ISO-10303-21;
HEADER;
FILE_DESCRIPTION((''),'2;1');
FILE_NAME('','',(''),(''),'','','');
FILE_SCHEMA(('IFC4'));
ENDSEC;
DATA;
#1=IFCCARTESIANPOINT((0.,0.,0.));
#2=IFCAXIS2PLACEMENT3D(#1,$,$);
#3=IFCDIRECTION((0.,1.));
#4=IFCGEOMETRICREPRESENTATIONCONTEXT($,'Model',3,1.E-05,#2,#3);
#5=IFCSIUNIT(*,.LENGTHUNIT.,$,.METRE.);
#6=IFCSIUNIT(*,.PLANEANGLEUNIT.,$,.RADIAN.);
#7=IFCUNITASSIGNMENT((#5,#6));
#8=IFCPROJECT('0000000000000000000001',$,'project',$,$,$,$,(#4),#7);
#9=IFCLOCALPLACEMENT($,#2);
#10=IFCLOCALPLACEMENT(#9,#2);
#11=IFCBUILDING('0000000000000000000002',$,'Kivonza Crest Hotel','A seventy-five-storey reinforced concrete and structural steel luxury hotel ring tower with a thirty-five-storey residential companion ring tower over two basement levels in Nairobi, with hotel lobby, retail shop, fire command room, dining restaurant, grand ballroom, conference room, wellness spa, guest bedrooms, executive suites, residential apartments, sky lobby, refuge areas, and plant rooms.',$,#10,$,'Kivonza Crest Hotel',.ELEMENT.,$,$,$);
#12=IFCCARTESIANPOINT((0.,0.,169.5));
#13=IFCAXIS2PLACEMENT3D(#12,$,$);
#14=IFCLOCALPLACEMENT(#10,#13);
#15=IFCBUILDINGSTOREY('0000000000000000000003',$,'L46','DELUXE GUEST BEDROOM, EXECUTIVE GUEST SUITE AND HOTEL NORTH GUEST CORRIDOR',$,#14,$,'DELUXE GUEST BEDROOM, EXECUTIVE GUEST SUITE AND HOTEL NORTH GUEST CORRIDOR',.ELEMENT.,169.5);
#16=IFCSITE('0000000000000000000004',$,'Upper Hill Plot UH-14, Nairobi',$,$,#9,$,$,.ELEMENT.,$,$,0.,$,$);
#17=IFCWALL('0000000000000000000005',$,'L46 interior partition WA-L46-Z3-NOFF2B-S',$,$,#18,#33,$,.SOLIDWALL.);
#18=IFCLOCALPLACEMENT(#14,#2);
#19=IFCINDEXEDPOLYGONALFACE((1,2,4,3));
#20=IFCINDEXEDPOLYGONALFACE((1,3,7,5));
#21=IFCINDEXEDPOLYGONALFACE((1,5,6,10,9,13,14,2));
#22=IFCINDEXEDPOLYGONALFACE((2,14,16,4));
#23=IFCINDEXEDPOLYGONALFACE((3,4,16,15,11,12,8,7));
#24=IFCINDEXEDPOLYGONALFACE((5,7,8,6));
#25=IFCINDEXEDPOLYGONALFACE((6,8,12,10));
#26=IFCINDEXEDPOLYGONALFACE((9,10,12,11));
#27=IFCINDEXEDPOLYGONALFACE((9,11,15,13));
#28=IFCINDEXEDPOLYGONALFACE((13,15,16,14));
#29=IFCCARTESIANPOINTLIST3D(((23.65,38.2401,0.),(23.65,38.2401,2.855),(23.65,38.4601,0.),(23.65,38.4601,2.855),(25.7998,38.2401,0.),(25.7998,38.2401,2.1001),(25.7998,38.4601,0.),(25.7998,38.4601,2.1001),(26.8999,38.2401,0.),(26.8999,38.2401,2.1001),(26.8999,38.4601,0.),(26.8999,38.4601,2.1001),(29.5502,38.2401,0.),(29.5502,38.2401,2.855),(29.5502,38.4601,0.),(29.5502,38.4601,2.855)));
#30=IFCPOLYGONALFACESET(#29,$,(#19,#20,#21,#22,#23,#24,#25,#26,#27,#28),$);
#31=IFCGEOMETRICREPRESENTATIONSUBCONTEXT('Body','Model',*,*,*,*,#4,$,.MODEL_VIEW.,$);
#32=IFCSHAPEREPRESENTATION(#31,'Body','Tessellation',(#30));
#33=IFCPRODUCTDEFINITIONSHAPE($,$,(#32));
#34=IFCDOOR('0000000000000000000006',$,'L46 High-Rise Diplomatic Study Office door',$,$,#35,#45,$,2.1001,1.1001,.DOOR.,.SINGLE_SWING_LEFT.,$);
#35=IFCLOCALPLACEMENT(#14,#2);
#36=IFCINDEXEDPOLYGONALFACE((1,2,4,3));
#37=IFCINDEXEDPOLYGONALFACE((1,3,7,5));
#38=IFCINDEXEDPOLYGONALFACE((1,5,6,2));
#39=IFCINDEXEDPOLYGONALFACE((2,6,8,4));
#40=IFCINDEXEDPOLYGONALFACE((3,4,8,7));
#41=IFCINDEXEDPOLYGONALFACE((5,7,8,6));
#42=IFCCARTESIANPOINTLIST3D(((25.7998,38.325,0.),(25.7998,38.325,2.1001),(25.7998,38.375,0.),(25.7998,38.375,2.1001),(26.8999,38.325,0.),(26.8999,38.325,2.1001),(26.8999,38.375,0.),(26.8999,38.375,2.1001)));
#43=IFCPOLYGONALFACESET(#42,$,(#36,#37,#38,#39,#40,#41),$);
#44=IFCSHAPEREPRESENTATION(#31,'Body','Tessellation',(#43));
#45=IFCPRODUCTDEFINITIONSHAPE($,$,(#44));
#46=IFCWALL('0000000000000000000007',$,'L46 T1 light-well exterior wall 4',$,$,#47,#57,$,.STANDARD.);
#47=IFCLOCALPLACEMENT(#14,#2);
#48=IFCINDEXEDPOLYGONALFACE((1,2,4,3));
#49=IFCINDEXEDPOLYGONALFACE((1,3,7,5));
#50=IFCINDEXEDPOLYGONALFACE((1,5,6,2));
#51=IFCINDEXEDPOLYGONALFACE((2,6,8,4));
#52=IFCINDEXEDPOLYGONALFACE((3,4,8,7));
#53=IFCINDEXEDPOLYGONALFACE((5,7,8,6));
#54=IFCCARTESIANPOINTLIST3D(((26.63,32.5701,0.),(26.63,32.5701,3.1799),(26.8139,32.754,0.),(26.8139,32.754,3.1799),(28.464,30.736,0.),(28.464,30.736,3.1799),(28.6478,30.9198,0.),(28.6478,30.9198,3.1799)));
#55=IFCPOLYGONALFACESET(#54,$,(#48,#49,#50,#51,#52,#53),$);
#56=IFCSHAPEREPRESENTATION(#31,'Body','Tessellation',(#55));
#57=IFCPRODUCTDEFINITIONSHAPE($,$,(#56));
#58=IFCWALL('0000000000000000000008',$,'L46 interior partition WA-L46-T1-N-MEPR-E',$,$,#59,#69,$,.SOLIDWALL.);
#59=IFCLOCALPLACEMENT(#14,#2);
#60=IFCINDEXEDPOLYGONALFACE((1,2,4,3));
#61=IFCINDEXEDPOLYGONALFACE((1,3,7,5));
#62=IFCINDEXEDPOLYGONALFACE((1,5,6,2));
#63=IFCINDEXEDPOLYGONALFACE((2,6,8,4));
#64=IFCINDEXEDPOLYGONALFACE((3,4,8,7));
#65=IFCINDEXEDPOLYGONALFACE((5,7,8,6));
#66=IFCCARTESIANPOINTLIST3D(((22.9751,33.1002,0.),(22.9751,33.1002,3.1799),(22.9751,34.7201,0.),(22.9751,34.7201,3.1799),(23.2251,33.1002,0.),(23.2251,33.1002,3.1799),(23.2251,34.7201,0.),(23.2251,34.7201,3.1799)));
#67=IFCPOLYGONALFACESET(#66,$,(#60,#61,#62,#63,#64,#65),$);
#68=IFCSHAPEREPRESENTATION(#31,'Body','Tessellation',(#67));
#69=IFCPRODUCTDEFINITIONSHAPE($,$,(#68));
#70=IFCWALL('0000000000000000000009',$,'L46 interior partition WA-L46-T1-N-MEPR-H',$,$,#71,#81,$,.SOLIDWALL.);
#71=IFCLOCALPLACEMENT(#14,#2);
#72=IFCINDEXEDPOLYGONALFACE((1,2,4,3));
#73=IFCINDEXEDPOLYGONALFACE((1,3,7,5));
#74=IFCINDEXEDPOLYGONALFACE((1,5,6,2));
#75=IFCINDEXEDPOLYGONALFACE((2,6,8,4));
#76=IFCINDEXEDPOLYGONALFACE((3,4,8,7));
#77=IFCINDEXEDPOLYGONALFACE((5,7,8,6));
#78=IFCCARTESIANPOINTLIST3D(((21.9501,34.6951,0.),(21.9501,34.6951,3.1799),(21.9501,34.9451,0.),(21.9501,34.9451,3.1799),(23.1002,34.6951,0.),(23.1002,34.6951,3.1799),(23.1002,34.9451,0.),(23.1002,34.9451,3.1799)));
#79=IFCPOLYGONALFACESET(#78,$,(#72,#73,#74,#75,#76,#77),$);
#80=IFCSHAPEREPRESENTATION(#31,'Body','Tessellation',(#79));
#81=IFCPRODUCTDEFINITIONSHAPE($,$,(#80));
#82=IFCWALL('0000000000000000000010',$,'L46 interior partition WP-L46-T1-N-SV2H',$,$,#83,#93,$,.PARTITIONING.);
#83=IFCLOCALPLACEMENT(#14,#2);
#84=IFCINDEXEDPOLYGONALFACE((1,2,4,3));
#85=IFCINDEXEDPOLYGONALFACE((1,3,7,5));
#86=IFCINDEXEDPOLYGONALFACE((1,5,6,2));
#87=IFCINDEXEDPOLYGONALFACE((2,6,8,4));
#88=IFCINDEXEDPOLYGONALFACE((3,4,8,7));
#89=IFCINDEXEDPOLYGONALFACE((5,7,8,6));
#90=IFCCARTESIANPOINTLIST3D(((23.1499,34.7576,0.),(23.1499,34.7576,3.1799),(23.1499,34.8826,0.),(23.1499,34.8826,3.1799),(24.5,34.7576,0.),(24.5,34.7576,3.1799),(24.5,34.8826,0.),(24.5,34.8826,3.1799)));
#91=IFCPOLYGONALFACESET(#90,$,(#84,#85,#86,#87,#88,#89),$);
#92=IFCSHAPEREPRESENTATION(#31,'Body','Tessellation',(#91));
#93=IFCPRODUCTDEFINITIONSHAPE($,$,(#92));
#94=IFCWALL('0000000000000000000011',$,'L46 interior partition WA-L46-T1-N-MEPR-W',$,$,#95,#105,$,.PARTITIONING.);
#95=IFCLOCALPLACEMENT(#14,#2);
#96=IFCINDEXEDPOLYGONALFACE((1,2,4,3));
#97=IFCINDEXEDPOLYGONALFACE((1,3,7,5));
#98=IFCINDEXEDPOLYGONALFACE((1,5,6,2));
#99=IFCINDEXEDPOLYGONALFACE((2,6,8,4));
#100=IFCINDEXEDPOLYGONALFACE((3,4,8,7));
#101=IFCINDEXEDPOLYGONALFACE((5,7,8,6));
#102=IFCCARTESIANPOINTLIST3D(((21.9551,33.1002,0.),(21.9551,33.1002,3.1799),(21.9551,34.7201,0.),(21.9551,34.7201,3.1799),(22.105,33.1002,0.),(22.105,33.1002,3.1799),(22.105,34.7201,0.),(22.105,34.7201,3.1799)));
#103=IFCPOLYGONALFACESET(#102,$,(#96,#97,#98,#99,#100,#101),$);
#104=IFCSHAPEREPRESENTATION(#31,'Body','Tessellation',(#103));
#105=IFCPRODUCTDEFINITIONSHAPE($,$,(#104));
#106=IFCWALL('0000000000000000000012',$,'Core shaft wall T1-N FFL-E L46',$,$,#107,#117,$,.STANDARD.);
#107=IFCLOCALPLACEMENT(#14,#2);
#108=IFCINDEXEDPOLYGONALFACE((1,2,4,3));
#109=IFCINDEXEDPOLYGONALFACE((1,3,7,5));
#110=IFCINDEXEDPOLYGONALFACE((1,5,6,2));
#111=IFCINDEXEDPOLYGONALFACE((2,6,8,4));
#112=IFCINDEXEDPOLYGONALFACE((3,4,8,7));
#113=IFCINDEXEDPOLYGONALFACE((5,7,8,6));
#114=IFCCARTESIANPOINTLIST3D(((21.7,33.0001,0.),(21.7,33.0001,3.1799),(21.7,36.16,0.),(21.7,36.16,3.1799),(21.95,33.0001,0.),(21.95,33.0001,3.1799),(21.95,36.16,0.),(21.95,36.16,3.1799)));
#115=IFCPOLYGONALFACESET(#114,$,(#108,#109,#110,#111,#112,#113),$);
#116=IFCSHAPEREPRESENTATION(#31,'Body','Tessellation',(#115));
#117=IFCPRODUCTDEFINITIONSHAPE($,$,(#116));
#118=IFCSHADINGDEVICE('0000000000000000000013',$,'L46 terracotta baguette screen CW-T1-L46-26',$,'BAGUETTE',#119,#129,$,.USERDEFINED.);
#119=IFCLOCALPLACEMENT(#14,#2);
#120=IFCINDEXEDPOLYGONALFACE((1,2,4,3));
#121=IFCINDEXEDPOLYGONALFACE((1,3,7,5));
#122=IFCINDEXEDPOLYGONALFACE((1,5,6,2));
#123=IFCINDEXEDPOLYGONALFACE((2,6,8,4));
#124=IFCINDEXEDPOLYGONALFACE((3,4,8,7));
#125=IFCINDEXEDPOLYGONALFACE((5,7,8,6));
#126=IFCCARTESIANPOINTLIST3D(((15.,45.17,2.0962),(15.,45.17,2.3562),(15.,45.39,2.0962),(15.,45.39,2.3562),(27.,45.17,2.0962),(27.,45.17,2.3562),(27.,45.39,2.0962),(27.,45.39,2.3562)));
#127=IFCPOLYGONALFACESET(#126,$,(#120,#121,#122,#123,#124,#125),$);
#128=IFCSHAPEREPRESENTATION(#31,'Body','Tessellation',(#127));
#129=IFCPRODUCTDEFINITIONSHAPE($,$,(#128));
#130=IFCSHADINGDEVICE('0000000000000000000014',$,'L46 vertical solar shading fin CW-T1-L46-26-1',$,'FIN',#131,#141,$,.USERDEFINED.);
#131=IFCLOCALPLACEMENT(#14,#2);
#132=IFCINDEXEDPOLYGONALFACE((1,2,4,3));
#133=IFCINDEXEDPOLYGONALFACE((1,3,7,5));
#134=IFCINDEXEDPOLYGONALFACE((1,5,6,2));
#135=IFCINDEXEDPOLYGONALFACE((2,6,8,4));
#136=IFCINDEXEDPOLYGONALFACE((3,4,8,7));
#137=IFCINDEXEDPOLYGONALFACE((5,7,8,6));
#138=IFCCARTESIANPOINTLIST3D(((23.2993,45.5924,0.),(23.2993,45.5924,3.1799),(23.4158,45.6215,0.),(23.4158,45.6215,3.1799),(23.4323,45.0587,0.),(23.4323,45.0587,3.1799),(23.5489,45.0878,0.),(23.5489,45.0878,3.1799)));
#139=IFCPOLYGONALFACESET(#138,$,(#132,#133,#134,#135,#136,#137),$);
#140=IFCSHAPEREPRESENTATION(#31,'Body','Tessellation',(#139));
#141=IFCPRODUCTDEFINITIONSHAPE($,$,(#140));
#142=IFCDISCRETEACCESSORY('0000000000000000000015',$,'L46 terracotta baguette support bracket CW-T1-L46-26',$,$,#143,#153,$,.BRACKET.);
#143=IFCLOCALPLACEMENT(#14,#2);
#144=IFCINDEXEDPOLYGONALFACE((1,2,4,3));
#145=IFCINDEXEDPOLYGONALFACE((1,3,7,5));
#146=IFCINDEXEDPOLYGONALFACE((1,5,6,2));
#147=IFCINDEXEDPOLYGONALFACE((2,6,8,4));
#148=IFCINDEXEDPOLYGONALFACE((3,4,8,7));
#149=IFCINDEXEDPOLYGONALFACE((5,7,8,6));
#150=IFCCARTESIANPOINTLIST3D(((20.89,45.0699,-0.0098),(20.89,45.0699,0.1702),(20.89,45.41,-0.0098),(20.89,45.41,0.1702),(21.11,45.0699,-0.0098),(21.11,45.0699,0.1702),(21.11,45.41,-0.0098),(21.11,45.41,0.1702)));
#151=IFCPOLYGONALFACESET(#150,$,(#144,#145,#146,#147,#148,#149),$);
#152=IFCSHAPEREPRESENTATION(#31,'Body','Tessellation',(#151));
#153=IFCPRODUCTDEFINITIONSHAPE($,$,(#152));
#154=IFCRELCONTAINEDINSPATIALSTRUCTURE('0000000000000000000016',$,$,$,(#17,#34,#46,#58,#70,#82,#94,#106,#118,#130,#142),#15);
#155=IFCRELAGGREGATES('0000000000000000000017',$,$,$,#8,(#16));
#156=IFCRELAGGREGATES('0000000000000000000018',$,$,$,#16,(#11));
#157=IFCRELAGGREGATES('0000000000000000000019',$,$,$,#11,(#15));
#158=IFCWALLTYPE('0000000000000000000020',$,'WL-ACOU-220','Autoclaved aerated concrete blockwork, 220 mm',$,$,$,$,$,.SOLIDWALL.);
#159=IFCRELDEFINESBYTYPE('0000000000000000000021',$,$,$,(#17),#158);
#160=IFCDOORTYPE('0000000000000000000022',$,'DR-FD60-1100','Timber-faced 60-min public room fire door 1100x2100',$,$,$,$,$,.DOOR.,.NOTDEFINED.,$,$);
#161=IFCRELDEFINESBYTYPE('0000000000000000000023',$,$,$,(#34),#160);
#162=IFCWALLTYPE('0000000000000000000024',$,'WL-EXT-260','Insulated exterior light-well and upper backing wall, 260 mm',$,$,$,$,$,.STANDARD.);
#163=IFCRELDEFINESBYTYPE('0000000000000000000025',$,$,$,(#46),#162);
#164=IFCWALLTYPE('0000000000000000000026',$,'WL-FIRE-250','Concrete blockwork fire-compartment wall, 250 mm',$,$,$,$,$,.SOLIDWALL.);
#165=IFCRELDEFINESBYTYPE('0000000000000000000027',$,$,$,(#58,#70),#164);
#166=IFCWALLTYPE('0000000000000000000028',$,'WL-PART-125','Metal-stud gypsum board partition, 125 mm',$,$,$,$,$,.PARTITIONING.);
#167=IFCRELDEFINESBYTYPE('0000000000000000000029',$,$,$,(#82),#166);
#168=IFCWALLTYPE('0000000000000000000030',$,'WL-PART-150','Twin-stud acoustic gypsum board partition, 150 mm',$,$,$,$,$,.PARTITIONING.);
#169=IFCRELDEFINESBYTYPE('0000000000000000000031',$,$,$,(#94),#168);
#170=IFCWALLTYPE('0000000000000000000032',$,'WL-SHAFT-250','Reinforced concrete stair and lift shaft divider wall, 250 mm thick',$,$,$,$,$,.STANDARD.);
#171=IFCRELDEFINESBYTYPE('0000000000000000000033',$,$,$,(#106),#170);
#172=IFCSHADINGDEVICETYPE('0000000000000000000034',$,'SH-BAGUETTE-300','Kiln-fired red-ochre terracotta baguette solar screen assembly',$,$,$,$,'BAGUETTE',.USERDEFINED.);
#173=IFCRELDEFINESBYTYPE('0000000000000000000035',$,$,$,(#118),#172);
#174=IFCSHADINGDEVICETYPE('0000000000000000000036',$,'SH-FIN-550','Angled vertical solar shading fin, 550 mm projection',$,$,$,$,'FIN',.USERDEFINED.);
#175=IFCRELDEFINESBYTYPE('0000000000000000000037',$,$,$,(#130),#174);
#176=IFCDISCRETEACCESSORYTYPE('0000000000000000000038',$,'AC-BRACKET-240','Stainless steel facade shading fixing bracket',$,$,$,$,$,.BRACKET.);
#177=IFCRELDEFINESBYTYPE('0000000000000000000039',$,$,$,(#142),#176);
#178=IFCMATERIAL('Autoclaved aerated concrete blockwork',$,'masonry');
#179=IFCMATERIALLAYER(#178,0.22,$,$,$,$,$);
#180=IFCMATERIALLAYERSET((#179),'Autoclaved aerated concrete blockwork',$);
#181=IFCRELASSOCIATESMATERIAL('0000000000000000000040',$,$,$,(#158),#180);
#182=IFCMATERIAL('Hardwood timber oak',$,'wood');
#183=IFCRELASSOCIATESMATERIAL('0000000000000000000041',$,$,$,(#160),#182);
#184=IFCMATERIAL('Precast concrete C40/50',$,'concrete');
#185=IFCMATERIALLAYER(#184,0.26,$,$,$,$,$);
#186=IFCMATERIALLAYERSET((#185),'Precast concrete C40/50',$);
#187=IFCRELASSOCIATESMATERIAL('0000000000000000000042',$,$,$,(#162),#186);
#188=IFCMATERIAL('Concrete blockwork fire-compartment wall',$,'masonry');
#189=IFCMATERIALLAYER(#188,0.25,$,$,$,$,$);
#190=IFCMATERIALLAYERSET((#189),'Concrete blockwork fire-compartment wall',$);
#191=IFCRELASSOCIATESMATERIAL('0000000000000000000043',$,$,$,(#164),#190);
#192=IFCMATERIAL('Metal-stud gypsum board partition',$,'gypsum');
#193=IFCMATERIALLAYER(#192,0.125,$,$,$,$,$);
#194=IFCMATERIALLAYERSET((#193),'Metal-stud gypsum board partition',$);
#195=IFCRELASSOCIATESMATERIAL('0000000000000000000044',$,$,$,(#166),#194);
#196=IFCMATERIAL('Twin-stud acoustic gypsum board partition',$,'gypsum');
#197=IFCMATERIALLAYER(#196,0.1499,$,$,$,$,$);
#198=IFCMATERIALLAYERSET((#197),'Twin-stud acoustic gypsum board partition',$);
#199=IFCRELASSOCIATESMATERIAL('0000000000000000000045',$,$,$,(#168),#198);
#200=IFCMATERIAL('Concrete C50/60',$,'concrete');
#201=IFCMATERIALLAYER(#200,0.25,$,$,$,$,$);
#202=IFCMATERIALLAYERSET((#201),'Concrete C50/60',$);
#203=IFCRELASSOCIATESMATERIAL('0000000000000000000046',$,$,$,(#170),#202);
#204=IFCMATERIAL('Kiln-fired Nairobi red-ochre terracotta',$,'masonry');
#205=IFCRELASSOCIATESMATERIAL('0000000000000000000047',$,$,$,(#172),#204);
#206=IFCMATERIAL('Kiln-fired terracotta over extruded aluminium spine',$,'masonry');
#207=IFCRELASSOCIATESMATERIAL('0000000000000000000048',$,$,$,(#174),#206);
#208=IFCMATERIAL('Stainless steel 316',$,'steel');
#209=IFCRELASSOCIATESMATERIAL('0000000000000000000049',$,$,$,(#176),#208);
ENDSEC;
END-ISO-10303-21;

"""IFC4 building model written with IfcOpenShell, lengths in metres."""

from ifc_helpers import new_model, si_unit, direction, frame, frame_2d, origin, origin_2d, place, context, subcontext, project, spatial, rectangle, extrude, material, layer, layer_set, type_object, element, fill, save


model = new_model("IFC4")

# Units and contexts
model_context = context("Model", 3, precision=1e-05, world=origin(), true_north=direction((0.0, 1.0)))
body_context = subcontext(model_context, "Body", "Model", "MODEL_VIEW")
ifc_project = project(units=[si_unit("LENGTHUNIT", "METRE"), si_unit("PLANEANGLEUNIT", "RADIAN")], contexts=[model_context])

# Site, building, storey
site_placement = place(None, origin())
site = spatial("IfcSite", under=ifc_project, at=site_placement, Name="Upper Hill Plot UH-14, Nairobi", CompositionType="ELEMENT", RefElevation=0.0)
building_placement = place(site_placement, origin())
building = spatial("IfcBuilding", under=site, at=building_placement, Name="Kivonza Crest Hotel", Description="A seventy-five-storey reinforced concrete and structural steel luxury hotel ring tower with a thirty-five-storey residential companion ring tower over two basement levels in Nairobi, with hotel lobby, retail shop, fire command room, dining restaurant, grand ballroom, conference room, wellness spa, guest bedrooms, executive suites, residential apartments, sky lobby, refuge areas, and plant rooms.", LongName="Kivonza Crest Hotel", CompositionType="ELEMENT")
storey_placement = place(building_placement, frame((0.0, 0.0, 169.5)))
storey = spatial("IfcBuildingStorey", under=building, at=storey_placement, Name="L46", Description="DELUXE GUEST BEDROOM, EXECUTIVE GUEST SUITE AND HOTEL NORTH GUEST CORRIDOR", LongName="DELUXE GUEST BEDROOM, EXECUTIVE GUEST SUITE AND HOTEL NORTH GUEST CORRIDOR", CompositionType="ELEMENT", Elevation=169.5)

# Shared definitions
ifc_material_1 = material(Name="Concrete C50/60", Category="concrete")

# Wall, opening, door
ifc_material_2 = material(Name="Autoclaved aerated concrete blockwork", Category="masonry")
ifc_layer_1 = layer(ifc_material_2, 0.22)
ifc_layer_set_1 = layer_set([ifc_layer_1], Name="Autoclaved aerated concrete blockwork")
wall_type_1 = type_object("IfcWallType", Name="WL-ACOU-220", Description="Autoclaved aerated concrete blockwork, 220 mm", PredefinedType="SOLIDWALL", material=ifc_layer_set_1)
wall_1_placement = place(storey_placement, frame((23.6499, 38.3501, 0.0), z_axis=(0.0, 0.0, 1.0), x_axis=(1.0, 0.0, 0.0)))
wall_1 = element("IfcWall", 1, at=wall_1_placement, inside=storey, type_object=wall_type_1, Name="L46 interior partition WA-L46-Z3-NOFF2B-S", PredefinedType="SOLIDWALL", context=body_context, shape_type="SweptSolid", body=[
    extrude(rectangle(XDim=5.9001, YDim=0.22, at=frame_2d((2.9502, 0.0))), origin(), (0.0, 0.0, 1.0), 2.855),
])
opening_1_placement = place(wall_1_placement, frame((2.1499, 0.0, 0.0)))
opening_1 = element("IfcOpeningElement", 2, at=opening_1_placement, cuts=wall_1, PredefinedType="OPENING", context=body_context, shape_type="SweptSolid", body=[
    extrude(rectangle(XDim=1.1001, YDim=2.1001, at=frame_2d((0.55, 1.05))), frame((0.0, 0.1201, 0.0), z_axis=(0.0, -1.0, 0.0), x_axis=(1.0, 0.0, 0.0)), (0.0, 0.0, 1.0), 0.24),
])
ifc_material_3 = material(Name="Hardwood timber oak", Category="wood")
door_type_1 = type_object("IfcDoorType", Name="DR-FD60-1100", Description="Timber-faced 60-min public room fire door 1100x2100", OperationType="NOTDEFINED", PredefinedType="DOOR", material=ifc_material_3)
door_1_placement = place(opening_1_placement, origin())
door_1 = element("IfcDoor", 3, at=door_1_placement, inside=storey, type_object=door_type_1, Name="L46 High-Rise Diplomatic Study Office door", OperationType="SINGLE_SWING_LEFT", OverallHeight=2.1001, OverallWidth=1.1001, PredefinedType="DOOR", context=body_context, shape_type="SweptSolid", body=[
    extrude(rectangle(XDim=1.1001, YDim=2.1001, at=frame_2d((0.55, 1.05))), frame((0.0, 0.0249, 0.0), z_axis=(0.0, -1.0, 0.0), x_axis=(1.0, 0.0, 0.0)), (0.0, 0.0, 1.0), 0.05),
])
fill(opening_1, door_1)

# Walls
ifc_material_4 = material(Name="Precast concrete C40/50", Category="concrete")
ifc_layer_2 = layer(ifc_material_4, 0.26)
ifc_layer_set_2 = layer_set([ifc_layer_2], Name="Precast concrete C40/50")
wall_type_2 = type_object("IfcWallType", Name="WL-EXT-260", Description="Insulated exterior light-well and upper backing wall, 260 mm", PredefinedType="STANDARD", material=ifc_layer_set_2)
wall_2_placement = place(storey_placement, frame((28.5559, 30.8279, 0.0), z_axis=(0.0, 0.0, 1.0), x_axis=(-0.70706, 0.707154, 0.0)))
element("IfcWall", 4, at=wall_2_placement, inside=storey, type_object=wall_type_2, Name="L46 T1 light-well exterior wall 4", PredefinedType="STANDARD", context=body_context, shape_type="SweptSolid", body=[
    extrude(rectangle(XDim=2.5938, YDim=0.26, at=frame_2d((1.2969, 0.0))), origin(), (0.0, 0.0, 1.0), 3.1799),
])
ifc_material_5 = material(Name="Concrete blockwork fire-compartment wall", Category="masonry")
ifc_layer_3 = layer(ifc_material_5, 0.25)
ifc_layer_set_3 = layer_set([ifc_layer_3], Name="Concrete blockwork fire-compartment wall")
wall_type_3 = type_object("IfcWallType", Name="WL-FIRE-250", Description="Concrete blockwork fire-compartment wall, 250 mm", PredefinedType="SOLIDWALL", material=ifc_layer_set_3)
wall_3_placement = place(storey_placement, frame((23.1001, 33.1001, 0.0), z_axis=(0.0, 0.0, 1.0), x_axis=(0.0, 1.0, 0.0)))
element("IfcWall", 5, at=wall_3_placement, inside=storey, type_object=wall_type_3, Name="L46 interior partition WA-L46-T1-N-MEPR-E", PredefinedType="SOLIDWALL", context=body_context, shape_type="SweptSolid", body=[
    extrude(rectangle(XDim=1.6199, YDim=0.25, at=frame_2d((0.8101, 0.0))), origin(), (0.0, 0.0, 1.0), 3.1799),
])
wall_4_placement = place(storey_placement, frame((21.95, 34.8201, 0.0), z_axis=(0.0, 0.0, 1.0), x_axis=(1.0, 0.0, 0.0)))
element("IfcWall", 6, at=wall_4_placement, inside=storey, type_object=wall_type_3, Name="L46 interior partition WA-L46-T1-N-MEPR-H", PredefinedType="SOLIDWALL", context=body_context, shape_type="SweptSolid", body=[
    extrude(rectangle(XDim=1.1501, YDim=0.25, at=frame_2d((0.5752, 0.0))), origin(), (0.0, 0.0, 1.0), 3.1799),
])
ifc_material_6 = material(Name="Metal-stud gypsum board partition", Category="gypsum")
ifc_layer_4 = layer(ifc_material_6, 0.125)
ifc_layer_set_4 = layer_set([ifc_layer_4], Name="Metal-stud gypsum board partition")
wall_type_4 = type_object("IfcWallType", Name="WL-PART-125", Description="Metal-stud gypsum board partition, 125 mm", PredefinedType="PARTITIONING", material=ifc_layer_set_4)
wall_5_placement = place(storey_placement, frame((23.1499, 34.8201, 0.0), z_axis=(0.0, 0.0, 1.0), x_axis=(1.0, 0.0, 0.0)))
element("IfcWall", 7, at=wall_5_placement, inside=storey, type_object=wall_type_4, Name="L46 interior partition WP-L46-T1-N-SV2H", PredefinedType="PARTITIONING", context=body_context, shape_type="SweptSolid", body=[
    extrude(rectangle(XDim=1.3501, YDim=0.125, at=frame_2d((0.675, 0.0))), origin(), (0.0, 0.0, 1.0), 3.1799),
])
ifc_material_7 = material(Name="Twin-stud acoustic gypsum board partition", Category="gypsum")
ifc_layer_5 = layer(ifc_material_7, 0.1499)
ifc_layer_set_5 = layer_set([ifc_layer_5], Name="Twin-stud acoustic gypsum board partition")
wall_type_5 = type_object("IfcWallType", Name="WL-PART-150", Description="Twin-stud acoustic gypsum board partition, 150 mm", PredefinedType="PARTITIONING", material=ifc_layer_set_5)
wall_6_placement = place(storey_placement, frame((22.03, 33.1001, 0.0), z_axis=(0.0, 0.0, 1.0), x_axis=(0.0, 1.0, 0.0)))
element("IfcWall", 8, at=wall_6_placement, inside=storey, type_object=wall_type_5, Name="L46 interior partition WA-L46-T1-N-MEPR-W", PredefinedType="PARTITIONING", context=body_context, shape_type="SweptSolid", body=[
    extrude(rectangle(XDim=1.6199, YDim=0.1499, at=frame_2d((0.8101, 0.0))), origin(), (0.0, 0.0, 1.0), 3.1799),
])

# Shared definitions
ifc_layer_6 = layer(ifc_material_1, 0.25)
ifc_layer_set_6 = layer_set([ifc_layer_6], Name="Concrete C50/60")
wall_type_6 = type_object("IfcWallType", Name="WL-SHAFT-250", Description="Reinforced concrete stair and lift shaft divider wall, 250 mm thick", PredefinedType="STANDARD", material=ifc_layer_set_6)

# Wall
wall_7_placement = place(storey_placement, frame((21.825, 33.0, 0.0), z_axis=(0.0, 0.0, 1.0), x_axis=(0.0, 1.0, 0.0)))
element("IfcWall", 9, at=wall_7_placement, inside=storey, type_object=wall_type_6, Name="Core shaft wall T1-N FFL-E L46", PredefinedType="STANDARD", context=body_context, shape_type="SweptSolid", body=[
    extrude(rectangle(XDim=3.1599, YDim=0.25, at=frame_2d((1.5801, 0.0))), origin(), (0.0, 0.0, 1.0), 3.1799),
])

# Shading devices
ifc_material_8 = material(Name="Kiln-fired Nairobi red-ochre terracotta", Category="masonry")
shading_device_type_1 = type_object("IfcShadingDeviceType", Name="SH-BAGUETTE-300", Description="Kiln-fired red-ochre terracotta baguette solar screen assembly", ElementType="BAGUETTE", PredefinedType="USERDEFINED", material=ifc_material_8)
shading_device_1_placement = place(storey_placement, frame((21.0, 45.28, 2.0962), z_axis=(0.0, 0.0, 1.0), x_axis=(-1.0, 0.0, 0.0)))
element("IfcShadingDevice", 10, at=shading_device_1_placement, inside=storey, type_object=shading_device_type_1, Name="L46 terracotta baguette screen CW-T1-L46-26", ObjectType="BAGUETTE", PredefinedType="USERDEFINED", context=body_context, shape_type="SweptSolid", body=[
    extrude(rectangle(XDim=12.0, YDim=0.22, at=origin_2d()), origin(), (0.0, 0.0, 1.0), 0.26),
])
ifc_material_9 = material(Name="Kiln-fired terracotta over extruded aluminium spine", Category="masonry")
shading_device_type_2 = type_object("IfcShadingDeviceType", Name="SH-FIN-550", Description="Angled vertical solar shading fin, 550 mm projection", ElementType="FIN", PredefinedType="USERDEFINED", material=ifc_material_9)
shading_device_2_placement = place(storey_placement, frame((23.4241, 45.3401, 0.0), z_axis=(0.0, 0.0, 1.0), x_axis=(-0.970296, -0.241922, 0.0)))
element("IfcShadingDevice", 11, at=shading_device_2_placement, inside=storey, type_object=shading_device_type_2, Name="L46 vertical solar shading fin CW-T1-L46-26-1", ObjectType="FIN", PredefinedType="USERDEFINED", context=body_context, shape_type="SweptSolid", body=[
    extrude(rectangle(XDim=0.1201, YDim=0.55, at=origin_2d()), origin(), (0.0, 0.0, 1.0), 3.1799),
])

# Discrete accessory
ifc_material_10 = material(Name="Stainless steel 316", Category="steel")
discrete_accessory_type = type_object("IfcDiscreteAccessoryType", Name="AC-BRACKET-240", Description="Stainless steel facade shading fixing bracket", PredefinedType="BRACKET", material=ifc_material_10)
discrete_accessory_placement = place(storey_placement, frame((21.0, 45.24, -0.0098), z_axis=(0.0, 0.0, 1.0), x_axis=(-1.0, 0.0, 0.0)))
element("IfcDiscreteAccessory", 12, at=discrete_accessory_placement, inside=storey, type_object=discrete_accessory_type, Name="L46 terracotta baguette support bracket CW-T1-L46-26", PredefinedType="BRACKET", context=body_context, shape_type="SweptSolid", body=[
    extrude(rectangle(XDim=0.22, YDim=0.3401, at=origin_2d()), origin(), (0.0, 0.0, 1.0), 0.1799),
])

save(model, "model.ifc")
